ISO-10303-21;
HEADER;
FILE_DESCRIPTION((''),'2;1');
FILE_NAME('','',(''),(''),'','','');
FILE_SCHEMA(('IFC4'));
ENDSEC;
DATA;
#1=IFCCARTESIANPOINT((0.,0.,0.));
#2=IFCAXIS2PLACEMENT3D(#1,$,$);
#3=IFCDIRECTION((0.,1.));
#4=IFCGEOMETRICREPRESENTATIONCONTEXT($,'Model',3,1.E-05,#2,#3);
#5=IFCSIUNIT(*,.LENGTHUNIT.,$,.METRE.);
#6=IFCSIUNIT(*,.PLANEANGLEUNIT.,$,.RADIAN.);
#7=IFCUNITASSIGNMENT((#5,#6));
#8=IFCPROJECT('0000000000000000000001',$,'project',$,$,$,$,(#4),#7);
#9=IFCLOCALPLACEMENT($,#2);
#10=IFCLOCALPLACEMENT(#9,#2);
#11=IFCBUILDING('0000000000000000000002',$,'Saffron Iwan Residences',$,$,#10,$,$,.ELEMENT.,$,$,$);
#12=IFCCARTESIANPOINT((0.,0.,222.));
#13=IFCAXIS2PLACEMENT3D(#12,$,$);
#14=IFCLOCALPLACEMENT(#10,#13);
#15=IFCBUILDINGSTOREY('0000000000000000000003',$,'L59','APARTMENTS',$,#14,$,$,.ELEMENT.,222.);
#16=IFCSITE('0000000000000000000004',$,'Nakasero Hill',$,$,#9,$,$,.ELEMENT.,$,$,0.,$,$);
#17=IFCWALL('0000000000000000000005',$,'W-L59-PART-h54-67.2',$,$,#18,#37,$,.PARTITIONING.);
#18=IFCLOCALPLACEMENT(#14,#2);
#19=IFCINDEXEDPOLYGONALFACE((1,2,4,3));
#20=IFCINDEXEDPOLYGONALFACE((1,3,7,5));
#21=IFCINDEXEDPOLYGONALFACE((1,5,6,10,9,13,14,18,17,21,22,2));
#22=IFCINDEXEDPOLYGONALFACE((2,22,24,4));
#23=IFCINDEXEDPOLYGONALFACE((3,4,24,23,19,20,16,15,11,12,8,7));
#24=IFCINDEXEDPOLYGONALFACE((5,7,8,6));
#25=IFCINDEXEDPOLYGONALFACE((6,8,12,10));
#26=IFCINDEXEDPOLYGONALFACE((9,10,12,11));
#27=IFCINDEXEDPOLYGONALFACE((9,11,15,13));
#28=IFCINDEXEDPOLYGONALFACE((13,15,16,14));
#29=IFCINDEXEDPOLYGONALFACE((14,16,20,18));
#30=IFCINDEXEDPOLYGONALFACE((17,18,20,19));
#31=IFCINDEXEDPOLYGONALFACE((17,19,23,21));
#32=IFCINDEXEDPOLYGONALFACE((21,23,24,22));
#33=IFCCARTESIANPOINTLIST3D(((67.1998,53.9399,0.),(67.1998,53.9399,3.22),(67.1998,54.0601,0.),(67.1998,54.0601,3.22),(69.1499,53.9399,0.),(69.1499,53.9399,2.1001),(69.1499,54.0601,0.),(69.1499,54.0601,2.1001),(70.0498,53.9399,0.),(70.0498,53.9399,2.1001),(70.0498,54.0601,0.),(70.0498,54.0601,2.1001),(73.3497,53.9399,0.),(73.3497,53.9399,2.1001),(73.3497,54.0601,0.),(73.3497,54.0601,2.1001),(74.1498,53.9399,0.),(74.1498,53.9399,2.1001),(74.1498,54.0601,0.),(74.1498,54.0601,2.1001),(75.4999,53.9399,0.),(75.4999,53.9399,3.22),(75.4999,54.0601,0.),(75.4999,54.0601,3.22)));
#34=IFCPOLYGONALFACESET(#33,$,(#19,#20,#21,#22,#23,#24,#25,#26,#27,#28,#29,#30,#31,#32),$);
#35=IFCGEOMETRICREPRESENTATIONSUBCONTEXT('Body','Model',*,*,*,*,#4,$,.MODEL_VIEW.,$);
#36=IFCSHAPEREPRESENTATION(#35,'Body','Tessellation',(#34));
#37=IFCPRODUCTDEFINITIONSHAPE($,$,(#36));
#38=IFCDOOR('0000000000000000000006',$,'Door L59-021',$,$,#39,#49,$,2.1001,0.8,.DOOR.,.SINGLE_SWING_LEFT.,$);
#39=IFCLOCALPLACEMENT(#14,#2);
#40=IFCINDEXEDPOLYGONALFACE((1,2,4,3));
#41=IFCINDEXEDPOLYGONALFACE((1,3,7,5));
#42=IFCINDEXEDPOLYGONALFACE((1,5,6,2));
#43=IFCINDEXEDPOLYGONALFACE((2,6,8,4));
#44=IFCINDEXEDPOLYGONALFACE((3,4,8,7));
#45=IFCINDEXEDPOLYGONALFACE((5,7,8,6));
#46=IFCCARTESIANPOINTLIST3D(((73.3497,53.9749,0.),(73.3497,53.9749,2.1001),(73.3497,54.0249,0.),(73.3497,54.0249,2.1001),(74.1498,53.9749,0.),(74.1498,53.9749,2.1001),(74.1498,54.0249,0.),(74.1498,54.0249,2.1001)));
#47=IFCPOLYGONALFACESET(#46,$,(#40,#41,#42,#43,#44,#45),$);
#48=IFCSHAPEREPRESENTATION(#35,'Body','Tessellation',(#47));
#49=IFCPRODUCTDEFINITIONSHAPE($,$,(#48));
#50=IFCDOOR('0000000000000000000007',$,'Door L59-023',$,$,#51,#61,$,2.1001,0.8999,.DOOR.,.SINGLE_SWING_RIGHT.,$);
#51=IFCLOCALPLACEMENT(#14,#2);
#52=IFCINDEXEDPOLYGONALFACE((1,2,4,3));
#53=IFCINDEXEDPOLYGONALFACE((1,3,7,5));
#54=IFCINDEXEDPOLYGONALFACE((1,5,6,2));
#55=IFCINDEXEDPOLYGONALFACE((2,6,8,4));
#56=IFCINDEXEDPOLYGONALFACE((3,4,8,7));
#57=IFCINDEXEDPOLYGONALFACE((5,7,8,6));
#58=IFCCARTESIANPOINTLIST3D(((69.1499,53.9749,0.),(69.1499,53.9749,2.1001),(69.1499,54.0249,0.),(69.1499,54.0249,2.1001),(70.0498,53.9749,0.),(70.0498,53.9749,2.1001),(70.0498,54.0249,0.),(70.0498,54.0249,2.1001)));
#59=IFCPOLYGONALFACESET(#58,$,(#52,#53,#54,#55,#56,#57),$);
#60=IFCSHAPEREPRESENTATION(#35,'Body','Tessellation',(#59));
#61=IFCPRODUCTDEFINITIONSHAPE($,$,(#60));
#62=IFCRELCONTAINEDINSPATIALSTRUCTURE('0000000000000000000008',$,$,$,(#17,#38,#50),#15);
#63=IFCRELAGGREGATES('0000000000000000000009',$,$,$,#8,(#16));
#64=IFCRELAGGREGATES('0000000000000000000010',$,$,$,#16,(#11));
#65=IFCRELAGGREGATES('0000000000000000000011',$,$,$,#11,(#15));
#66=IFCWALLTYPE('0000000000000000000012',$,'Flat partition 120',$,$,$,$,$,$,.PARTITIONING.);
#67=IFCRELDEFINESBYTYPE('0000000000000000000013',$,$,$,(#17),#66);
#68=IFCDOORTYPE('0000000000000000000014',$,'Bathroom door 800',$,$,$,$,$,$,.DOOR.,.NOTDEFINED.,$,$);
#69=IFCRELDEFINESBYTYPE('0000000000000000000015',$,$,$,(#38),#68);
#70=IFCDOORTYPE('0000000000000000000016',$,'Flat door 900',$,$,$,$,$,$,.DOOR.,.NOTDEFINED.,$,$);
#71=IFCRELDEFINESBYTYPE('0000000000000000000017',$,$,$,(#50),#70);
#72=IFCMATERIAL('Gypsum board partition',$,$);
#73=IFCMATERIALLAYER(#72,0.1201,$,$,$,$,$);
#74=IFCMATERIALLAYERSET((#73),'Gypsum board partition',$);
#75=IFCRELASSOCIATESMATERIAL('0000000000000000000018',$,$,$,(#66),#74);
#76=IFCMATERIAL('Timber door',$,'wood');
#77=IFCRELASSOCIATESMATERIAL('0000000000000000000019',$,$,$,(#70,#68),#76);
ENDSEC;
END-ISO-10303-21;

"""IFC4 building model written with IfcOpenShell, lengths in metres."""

from ifc_helpers import new_model, si_unit, direction, frame, frame_2d, origin, place, context, subcontext, project, spatial, rectangle, extrude, material, layer, layer_set, type_object, element, fill, save


model = new_model("IFC4")

# Units and contexts
model_context = context("Model", 3, precision=1e-05, world=origin(), true_north=direction((0.0, 1.0)))
body_context = subcontext(model_context, "Body", "Model", "MODEL_VIEW")
ifc_project = project(units=[si_unit("LENGTHUNIT", "METRE"), si_unit("PLANEANGLEUNIT", "RADIAN")], contexts=[model_context])

# Site, building, storey
site_placement = place(None, origin())
site = spatial("IfcSite", under=ifc_project, at=site_placement, Name="Nakasero Hill", CompositionType="ELEMENT", RefElevation=0.0)
building_placement = place(site_placement, origin())
building = spatial("IfcBuilding", under=site, at=building_placement, Name="Saffron Iwan Residences", CompositionType="ELEMENT")
storey_placement = place(building_placement, frame((0.0, 0.0, 222.0)))
storey = spatial("IfcBuildingStorey", under=building, at=storey_placement, Name="L59", Description="APARTMENTS", CompositionType="ELEMENT", Elevation=222.0)

# Shared definitions
ifc_material_1 = material(Name="Gypsum board partition")
ifc_layer_1 = layer(ifc_material_1, 0.1201)
ifc_layer_set_1 = layer_set([ifc_layer_1], Name="Gypsum board partition")
wall_type_1 = type_object("IfcWallType", Name="Flat partition 120", PredefinedType="PARTITIONING", material=ifc_layer_set_1)
ifc_material_2 = material(Name="Timber door", Category="wood")
door_type_1 = type_object("IfcDoorType", Name="Flat door 900", OperationType="NOTDEFINED", PredefinedType="DOOR", material=ifc_material_2)

# Wall, openings, doors
wall_1_placement = place(storey_placement, frame((67.2, 54.0, 0.0), z_axis=(0.0, 0.0, 1.0), x_axis=(1.0, 0.0, 0.0)))
wall_1 = element("IfcWall", 1, at=wall_1_placement, inside=storey, type_object=wall_type_1, Name="W-L59-PART-h54-67.2", PredefinedType="PARTITIONING", context=body_context, shape_type="SweptSolid", body=[
    extrude(rectangle(XDim=8.3, YDim=0.1201, at=frame_2d((4.1499, 0.0))), origin(), (0.0, 0.0, 1.0), 3.22),
])
opening_1_placement = place(wall_1_placement, frame((6.1499, 0.0, 0.0)))
opening_1 = element("IfcOpeningElement", 2, at=opening_1_placement, cuts=wall_1, PredefinedType="OPENING", context=body_context, shape_type="SweptSolid", body=[
    extrude(rectangle(XDim=0.8, YDim=2.1001, at=frame_2d((0.3999, 1.05))), frame((0.0, 0.0701, 0.0), z_axis=(0.0, -1.0, 0.0), x_axis=(1.0, 0.0, 0.0)), (0.0, 0.0, 1.0), 0.1401),
])
opening_2_placement = place(wall_1_placement, frame((1.95, 0.0, 0.0)))
opening_2 = element("IfcOpeningElement", 3, at=opening_2_placement, cuts=wall_1, PredefinedType="OPENING", context=body_context, shape_type="SweptSolid", body=[
    extrude(rectangle(XDim=0.8999, YDim=2.1001, at=frame_2d((0.45, 1.05))), frame((0.0, 0.0701, 0.0), z_axis=(0.0, -1.0, 0.0), x_axis=(1.0, 0.0, 0.0)), (0.0, 0.0, 1.0), 0.1401),
])
door_type_2 = type_object("IfcDoorType", Name="Bathroom door 800", OperationType="NOTDEFINED", PredefinedType="DOOR", material=ifc_material_2)
door_1_placement = place(opening_1_placement, origin())
door_1 = element("IfcDoor", 4, at=door_1_placement, inside=storey, type_object=door_type_2, Name="Door L59-021", OperationType="SINGLE_SWING_LEFT", OverallHeight=2.1001, OverallWidth=0.8, PredefinedType="DOOR", context=body_context, shape_type="SweptSolid", body=[
    extrude(rectangle(XDim=0.8, YDim=2.1001, at=frame_2d((0.3999, 1.05))), frame((0.0, 0.0249, 0.0), z_axis=(0.0, -1.0, 0.0), x_axis=(1.0, 0.0, 0.0)), (0.0, 0.0, 1.0), 0.05),
])
fill(opening_1, door_1)
door_2_placement = place(opening_2_placement, origin())
door_2 = element("IfcDoor", 5, at=door_2_placement, inside=storey, type_object=door_type_1, Name="Door L59-023", OperationType="SINGLE_SWING_RIGHT", OverallHeight=2.1001, OverallWidth=0.8999, PredefinedType="DOOR", context=body_context, shape_type="SweptSolid", body=[
    extrude(rectangle(XDim=0.8999, YDim=2.1001, at=frame_2d((0.45, 1.05))), frame((0.0, 0.0249, 0.0), z_axis=(0.0, -1.0, 0.0), x_axis=(1.0, 0.0, 0.0)), (0.0, 0.0, 1.0), 0.05),
])
fill(opening_2, door_2)

save(model, "model.ifc")
